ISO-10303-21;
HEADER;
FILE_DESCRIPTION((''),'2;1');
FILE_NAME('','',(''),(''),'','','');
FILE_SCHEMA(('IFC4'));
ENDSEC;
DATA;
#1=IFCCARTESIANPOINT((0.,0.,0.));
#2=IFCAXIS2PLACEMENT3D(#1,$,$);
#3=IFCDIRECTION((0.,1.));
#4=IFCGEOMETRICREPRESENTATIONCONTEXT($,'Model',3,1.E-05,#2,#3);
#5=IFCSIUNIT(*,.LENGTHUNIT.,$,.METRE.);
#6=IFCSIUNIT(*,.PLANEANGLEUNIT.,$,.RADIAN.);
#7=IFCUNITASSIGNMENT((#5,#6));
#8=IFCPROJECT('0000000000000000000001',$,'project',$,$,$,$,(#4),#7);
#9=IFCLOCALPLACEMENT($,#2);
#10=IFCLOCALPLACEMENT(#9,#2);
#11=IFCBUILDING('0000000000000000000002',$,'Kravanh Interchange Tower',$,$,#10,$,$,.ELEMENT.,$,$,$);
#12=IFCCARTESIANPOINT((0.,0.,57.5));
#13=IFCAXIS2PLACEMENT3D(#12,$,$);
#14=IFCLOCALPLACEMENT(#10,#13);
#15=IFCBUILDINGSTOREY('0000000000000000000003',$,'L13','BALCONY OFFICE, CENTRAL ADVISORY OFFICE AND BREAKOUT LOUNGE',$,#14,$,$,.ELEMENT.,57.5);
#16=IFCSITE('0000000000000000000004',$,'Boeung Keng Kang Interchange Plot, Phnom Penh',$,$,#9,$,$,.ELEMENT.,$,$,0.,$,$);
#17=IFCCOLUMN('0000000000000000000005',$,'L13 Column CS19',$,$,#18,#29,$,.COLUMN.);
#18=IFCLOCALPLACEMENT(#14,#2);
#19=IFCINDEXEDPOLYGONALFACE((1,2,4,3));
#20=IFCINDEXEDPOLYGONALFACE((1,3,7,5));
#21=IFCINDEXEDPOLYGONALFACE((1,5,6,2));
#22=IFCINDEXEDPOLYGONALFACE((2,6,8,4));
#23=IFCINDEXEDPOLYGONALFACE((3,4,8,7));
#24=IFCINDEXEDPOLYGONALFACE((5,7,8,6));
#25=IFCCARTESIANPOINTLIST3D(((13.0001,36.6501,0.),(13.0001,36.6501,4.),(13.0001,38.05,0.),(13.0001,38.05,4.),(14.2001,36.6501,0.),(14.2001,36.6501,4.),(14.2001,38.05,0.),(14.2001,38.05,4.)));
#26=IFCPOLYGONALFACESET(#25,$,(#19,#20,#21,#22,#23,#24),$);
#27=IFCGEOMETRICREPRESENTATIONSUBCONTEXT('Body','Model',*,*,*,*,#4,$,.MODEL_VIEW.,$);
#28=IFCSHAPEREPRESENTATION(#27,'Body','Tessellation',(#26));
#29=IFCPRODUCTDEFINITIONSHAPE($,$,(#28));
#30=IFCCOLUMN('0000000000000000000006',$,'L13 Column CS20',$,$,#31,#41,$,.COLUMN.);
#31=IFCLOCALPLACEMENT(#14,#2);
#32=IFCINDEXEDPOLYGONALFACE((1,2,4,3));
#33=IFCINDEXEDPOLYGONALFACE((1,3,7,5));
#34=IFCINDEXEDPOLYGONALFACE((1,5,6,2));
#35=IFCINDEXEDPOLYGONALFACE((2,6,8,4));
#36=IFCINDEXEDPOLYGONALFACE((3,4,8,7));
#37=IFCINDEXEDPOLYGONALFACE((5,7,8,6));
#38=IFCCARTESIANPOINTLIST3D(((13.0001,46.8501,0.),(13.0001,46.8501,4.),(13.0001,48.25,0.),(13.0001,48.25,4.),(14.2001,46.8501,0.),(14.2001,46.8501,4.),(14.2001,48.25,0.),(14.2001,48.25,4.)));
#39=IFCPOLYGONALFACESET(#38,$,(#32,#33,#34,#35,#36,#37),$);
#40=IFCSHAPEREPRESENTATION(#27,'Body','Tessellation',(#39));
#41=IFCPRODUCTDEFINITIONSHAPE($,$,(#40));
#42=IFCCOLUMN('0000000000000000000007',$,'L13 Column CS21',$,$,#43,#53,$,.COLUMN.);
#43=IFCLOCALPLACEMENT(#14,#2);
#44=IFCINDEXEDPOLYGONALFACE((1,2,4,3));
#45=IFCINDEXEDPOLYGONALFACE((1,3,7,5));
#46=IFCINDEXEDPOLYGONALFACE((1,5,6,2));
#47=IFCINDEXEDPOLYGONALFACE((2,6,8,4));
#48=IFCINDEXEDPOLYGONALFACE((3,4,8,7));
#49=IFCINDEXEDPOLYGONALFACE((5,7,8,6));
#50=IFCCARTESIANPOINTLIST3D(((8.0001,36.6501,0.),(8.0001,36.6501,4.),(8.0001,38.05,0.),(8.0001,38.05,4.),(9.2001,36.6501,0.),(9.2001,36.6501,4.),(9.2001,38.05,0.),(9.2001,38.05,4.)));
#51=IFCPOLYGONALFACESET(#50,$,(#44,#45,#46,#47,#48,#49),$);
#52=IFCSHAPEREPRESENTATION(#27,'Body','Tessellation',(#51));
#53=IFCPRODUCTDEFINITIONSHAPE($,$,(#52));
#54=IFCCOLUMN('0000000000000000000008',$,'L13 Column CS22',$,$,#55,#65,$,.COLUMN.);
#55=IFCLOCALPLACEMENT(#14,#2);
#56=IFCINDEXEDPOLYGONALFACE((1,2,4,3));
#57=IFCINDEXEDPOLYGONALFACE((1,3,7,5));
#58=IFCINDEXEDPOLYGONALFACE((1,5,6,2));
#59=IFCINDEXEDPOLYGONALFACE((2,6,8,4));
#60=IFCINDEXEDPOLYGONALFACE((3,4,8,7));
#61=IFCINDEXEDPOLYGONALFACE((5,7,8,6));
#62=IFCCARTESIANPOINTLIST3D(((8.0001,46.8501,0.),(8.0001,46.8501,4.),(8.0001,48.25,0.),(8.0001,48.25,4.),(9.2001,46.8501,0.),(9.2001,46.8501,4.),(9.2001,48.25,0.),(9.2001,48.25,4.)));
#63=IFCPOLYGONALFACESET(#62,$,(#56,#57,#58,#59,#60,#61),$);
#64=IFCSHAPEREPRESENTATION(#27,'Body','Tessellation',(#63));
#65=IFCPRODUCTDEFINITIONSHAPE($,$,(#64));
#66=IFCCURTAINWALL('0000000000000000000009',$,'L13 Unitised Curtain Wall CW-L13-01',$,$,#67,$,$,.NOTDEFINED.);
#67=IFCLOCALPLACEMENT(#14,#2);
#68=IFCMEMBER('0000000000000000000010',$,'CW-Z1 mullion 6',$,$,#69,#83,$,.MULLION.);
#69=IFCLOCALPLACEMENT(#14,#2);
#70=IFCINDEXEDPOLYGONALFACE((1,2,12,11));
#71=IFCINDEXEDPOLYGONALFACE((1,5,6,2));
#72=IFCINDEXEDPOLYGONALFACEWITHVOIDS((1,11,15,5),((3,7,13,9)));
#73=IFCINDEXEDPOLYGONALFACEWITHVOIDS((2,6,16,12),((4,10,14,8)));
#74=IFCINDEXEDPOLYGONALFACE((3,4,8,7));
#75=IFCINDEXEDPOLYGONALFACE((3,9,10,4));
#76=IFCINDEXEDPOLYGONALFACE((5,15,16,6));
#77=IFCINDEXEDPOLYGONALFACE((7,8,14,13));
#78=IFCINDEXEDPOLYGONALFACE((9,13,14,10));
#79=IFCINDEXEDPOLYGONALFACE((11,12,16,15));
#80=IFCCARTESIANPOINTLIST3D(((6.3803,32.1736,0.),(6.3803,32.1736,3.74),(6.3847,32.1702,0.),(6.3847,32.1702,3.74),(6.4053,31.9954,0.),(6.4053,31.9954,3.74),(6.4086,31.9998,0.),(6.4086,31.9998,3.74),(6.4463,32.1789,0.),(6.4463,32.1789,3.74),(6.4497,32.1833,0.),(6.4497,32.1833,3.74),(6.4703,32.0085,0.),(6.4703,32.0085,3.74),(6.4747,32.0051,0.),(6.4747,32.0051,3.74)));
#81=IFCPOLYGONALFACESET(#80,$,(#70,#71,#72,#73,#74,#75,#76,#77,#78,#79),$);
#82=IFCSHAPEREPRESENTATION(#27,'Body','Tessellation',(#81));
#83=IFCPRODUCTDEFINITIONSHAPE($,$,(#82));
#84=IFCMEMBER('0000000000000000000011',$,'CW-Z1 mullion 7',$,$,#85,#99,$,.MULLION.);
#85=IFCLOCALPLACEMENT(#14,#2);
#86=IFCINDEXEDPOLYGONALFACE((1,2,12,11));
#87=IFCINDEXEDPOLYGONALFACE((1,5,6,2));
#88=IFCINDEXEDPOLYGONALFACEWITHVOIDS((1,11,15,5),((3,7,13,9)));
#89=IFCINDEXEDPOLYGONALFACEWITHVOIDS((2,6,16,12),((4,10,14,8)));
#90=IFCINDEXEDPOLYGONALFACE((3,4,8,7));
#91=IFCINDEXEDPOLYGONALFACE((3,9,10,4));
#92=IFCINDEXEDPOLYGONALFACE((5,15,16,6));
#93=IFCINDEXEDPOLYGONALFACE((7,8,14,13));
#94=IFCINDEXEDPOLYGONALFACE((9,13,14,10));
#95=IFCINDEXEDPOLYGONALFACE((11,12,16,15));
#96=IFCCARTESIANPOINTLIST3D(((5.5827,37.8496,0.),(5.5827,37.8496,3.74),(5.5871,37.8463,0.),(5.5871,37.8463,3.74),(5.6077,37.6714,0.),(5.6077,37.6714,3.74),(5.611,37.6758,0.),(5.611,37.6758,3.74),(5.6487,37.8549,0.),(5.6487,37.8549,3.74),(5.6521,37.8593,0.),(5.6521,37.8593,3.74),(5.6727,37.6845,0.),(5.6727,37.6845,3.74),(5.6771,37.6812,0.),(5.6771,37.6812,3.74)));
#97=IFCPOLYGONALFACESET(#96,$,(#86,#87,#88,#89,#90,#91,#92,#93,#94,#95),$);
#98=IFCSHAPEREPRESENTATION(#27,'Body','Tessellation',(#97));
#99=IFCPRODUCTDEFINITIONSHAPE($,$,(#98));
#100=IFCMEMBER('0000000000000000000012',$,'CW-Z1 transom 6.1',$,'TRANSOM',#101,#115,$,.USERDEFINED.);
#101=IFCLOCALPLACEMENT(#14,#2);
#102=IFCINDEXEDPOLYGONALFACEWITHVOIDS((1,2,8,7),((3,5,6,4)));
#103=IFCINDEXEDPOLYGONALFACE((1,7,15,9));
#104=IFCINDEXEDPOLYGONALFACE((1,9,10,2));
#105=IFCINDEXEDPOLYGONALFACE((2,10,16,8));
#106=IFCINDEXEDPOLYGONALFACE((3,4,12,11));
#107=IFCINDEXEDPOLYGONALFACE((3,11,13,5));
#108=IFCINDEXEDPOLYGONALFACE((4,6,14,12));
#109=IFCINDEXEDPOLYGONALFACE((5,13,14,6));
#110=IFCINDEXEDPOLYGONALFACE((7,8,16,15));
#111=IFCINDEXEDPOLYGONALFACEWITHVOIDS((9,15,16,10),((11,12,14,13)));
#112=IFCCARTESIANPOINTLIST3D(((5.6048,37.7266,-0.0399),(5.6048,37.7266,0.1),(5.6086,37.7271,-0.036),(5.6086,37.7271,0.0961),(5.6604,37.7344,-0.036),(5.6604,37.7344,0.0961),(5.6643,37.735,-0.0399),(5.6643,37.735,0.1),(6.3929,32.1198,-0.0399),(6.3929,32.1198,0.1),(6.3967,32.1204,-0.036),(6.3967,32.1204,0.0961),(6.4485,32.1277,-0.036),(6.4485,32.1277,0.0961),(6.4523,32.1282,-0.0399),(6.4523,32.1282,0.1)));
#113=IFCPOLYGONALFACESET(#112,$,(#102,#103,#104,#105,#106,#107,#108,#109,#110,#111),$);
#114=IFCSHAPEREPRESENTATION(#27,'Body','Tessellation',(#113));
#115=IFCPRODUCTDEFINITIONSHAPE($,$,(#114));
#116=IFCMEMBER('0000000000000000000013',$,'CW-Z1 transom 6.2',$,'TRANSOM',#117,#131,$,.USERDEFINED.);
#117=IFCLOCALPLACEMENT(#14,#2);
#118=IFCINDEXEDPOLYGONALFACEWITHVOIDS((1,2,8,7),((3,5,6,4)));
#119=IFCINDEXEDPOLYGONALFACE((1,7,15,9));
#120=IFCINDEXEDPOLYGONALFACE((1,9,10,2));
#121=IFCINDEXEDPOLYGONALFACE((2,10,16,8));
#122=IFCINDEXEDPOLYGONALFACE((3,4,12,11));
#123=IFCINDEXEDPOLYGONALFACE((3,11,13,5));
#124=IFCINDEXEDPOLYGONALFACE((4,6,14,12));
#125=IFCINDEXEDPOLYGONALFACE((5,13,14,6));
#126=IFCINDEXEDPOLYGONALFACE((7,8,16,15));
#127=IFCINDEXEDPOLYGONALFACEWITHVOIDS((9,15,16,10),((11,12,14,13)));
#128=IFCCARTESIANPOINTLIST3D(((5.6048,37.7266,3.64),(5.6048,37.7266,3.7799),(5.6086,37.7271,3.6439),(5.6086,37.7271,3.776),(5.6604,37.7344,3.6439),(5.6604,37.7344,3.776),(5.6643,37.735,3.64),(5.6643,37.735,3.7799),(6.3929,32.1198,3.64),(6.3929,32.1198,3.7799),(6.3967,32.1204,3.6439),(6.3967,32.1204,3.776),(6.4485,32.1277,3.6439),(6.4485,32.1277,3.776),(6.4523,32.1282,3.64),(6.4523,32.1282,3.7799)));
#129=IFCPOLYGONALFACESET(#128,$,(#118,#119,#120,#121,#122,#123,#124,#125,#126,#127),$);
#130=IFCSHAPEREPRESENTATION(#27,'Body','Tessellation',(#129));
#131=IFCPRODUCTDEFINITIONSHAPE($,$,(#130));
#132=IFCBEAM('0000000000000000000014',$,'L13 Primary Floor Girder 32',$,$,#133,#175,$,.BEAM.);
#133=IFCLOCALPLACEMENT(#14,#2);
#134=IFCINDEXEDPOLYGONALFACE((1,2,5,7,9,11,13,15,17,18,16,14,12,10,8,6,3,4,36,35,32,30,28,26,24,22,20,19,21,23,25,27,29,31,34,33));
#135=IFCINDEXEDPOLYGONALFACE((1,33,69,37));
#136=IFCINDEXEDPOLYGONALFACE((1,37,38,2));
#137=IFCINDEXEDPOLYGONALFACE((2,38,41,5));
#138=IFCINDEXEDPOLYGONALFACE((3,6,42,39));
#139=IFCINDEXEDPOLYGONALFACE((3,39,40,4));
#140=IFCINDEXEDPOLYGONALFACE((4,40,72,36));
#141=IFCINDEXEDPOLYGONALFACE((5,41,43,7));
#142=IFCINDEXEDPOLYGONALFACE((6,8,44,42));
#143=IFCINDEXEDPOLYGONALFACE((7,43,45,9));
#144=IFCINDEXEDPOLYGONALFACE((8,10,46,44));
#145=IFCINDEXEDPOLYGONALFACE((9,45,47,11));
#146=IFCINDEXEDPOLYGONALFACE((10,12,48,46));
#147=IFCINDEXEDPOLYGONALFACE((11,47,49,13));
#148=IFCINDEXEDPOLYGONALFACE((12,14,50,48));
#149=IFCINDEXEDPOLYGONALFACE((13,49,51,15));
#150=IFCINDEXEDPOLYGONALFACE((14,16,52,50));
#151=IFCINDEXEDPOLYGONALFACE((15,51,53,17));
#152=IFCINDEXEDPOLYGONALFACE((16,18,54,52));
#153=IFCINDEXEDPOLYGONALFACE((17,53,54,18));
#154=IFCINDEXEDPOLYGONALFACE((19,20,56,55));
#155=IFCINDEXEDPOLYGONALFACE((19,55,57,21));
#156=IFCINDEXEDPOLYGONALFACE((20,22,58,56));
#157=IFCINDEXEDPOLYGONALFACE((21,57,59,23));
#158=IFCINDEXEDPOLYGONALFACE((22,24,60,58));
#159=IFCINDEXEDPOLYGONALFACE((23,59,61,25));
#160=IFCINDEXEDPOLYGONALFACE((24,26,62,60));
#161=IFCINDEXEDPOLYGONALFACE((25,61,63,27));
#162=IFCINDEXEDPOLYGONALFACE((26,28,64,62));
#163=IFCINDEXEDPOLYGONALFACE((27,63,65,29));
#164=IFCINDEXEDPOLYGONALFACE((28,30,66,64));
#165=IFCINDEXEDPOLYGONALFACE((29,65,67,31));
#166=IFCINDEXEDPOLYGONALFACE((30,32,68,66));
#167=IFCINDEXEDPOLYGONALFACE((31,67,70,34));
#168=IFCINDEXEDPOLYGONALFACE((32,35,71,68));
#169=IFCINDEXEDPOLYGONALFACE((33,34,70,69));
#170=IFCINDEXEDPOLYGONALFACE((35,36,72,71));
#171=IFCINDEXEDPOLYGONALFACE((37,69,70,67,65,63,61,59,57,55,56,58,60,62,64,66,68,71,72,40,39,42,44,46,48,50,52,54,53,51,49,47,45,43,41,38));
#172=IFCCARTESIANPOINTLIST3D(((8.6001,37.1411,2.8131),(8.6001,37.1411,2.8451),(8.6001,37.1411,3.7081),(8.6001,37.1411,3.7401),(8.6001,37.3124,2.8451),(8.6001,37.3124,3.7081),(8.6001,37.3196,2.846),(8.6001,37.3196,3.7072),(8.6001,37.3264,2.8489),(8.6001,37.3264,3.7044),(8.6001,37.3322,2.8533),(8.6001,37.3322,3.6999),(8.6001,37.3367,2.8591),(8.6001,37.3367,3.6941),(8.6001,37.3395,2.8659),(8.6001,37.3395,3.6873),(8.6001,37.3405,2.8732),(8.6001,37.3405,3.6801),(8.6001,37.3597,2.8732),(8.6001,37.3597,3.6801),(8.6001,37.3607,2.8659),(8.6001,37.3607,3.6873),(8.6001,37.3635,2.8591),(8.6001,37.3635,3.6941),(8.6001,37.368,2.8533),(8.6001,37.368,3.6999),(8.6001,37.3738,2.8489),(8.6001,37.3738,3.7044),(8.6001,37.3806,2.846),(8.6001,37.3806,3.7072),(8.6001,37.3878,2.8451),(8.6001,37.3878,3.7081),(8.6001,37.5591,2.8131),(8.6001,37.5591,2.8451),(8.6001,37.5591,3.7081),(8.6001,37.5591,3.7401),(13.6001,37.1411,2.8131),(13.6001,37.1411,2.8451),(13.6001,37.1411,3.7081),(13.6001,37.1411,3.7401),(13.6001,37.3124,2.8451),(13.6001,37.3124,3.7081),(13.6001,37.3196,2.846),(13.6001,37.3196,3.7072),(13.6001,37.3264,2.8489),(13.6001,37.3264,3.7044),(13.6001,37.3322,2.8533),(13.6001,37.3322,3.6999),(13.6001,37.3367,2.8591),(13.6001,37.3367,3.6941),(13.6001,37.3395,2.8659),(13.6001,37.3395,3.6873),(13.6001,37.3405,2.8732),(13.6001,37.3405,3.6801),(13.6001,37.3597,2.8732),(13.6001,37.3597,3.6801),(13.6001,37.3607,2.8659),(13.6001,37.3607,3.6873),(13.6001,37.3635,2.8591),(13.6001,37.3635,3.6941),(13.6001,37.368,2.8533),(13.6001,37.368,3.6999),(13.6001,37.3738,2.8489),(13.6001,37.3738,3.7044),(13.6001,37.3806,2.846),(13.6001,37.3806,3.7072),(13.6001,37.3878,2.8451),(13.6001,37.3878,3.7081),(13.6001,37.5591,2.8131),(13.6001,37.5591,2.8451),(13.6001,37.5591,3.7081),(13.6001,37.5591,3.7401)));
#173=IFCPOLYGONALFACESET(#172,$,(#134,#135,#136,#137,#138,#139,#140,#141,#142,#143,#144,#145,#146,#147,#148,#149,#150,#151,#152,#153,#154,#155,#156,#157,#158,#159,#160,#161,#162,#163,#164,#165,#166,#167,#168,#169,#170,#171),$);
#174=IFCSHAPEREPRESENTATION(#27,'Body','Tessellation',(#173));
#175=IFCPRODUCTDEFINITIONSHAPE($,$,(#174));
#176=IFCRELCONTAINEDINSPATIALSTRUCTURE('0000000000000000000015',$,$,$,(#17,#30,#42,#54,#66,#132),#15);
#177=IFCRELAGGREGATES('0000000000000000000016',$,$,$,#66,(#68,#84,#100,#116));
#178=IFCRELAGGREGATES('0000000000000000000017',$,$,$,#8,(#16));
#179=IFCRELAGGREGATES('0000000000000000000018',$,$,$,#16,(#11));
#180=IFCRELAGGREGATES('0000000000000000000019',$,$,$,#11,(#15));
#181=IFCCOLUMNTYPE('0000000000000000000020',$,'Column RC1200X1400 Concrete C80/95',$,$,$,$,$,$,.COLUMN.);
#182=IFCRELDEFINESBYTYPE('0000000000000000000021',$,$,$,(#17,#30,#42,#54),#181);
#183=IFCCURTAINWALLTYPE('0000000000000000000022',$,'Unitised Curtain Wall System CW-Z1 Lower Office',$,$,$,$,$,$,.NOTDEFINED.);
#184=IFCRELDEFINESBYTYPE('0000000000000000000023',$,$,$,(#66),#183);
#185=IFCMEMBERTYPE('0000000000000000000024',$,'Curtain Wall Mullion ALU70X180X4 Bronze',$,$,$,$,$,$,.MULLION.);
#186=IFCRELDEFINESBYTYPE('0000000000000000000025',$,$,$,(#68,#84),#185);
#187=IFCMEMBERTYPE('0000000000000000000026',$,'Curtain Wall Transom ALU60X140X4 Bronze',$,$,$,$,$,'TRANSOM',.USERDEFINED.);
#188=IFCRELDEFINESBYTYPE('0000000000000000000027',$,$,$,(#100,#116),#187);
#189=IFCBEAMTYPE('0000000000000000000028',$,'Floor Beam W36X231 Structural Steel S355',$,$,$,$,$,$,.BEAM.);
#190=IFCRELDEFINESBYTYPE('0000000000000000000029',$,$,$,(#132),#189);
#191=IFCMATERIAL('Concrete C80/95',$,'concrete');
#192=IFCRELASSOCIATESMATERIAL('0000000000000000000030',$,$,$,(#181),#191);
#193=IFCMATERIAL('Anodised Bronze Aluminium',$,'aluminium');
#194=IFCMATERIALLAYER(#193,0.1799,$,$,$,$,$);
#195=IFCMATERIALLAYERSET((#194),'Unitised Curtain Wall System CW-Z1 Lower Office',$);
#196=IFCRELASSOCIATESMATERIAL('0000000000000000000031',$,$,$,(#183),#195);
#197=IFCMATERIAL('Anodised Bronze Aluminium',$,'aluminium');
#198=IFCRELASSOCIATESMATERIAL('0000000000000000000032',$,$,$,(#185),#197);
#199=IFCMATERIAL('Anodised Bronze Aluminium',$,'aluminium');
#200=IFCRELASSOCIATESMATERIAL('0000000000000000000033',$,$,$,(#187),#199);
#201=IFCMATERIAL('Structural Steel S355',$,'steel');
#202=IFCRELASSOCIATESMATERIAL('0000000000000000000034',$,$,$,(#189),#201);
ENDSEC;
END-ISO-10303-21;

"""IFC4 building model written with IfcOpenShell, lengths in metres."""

from ifc_helpers import new_model, si_unit, direction, frame, origin, origin_2d, place, context, subcontext, project, spatial, rectangle, hollow_rectangle, i_section, extrude, material, layer, layer_set, material_profile, profile_set, type_object, element, aggregate, save


model = new_model("IFC4")

# Units and contexts
model_context = context("Model", 3, precision=1e-05, world=origin(), true_north=direction((0.0, 1.0)))
body_context = subcontext(model_context, "Body", "Model", "MODEL_VIEW")
ifc_project = project(units=[si_unit("LENGTHUNIT", "METRE"), si_unit("PLANEANGLEUNIT", "RADIAN")], contexts=[model_context])

# Site, building, storey
site_placement = place(None, origin())
site = spatial("IfcSite", under=ifc_project, at=site_placement, Name="Boeung Keng Kang Interchange Plot, Phnom Penh", CompositionType="ELEMENT", RefElevation=0.0)
building_placement = place(site_placement, origin())
building = spatial("IfcBuilding", under=site, at=building_placement, Name="Kravanh Interchange Tower", CompositionType="ELEMENT")
storey_placement = place(building_placement, frame((0.0, 0.0, 57.5)))
storey = spatial("IfcBuildingStorey", under=building, at=storey_placement, Name="L13", Description="BALCONY OFFICE, CENTRAL ADVISORY OFFICE AND BREAKOUT LOUNGE", CompositionType="ELEMENT", Elevation=57.5)

# Columns
ifc_material_1 = material(Name="Concrete C80/95", Category="concrete")
ifc_material_profile_1 = material_profile(ifc_material_1, rectangle(XDim=1.2, YDim=1.3999, at=origin_2d()), Name="RC1200X1400")
ifc_profile_set_1 = profile_set([ifc_material_profile_1], Name="Concrete C80/95")
column_type = type_object("IfcColumnType", Name="Column RC1200X1400 Concrete C80/95", PredefinedType="COLUMN", material=ifc_profile_set_1)
for number, where, z_axis, x_axis, name in (
    (1, (13.6001, 37.3501, 0.0), (0.0, 0.0, 1.0), (1.0, 0.0, 0.0), "L13 Column CS19"),
    (2, (13.6001, 47.55, 0.0), (0.0, 0.0, 1.0), (1.0, 0.0, 0.0), "L13 Column CS20"),
    (3, (8.6001, 37.3501, 0.0), (0.0, 0.0, 1.0), (1.0, 0.0, 0.0), "L13 Column CS21"),
    (4, (8.6001, 47.55, 0.0), (0.0, 0.0, 1.0), (1.0, 0.0, 0.0), "L13 Column CS22"),
):
    element("IfcColumn", number, at=place(storey_placement, frame(where, z_axis=z_axis, x_axis=x_axis)), inside=storey, type_object=column_type, Name=name, PredefinedType="COLUMN", context=body_context, shape_type="SweptSolid", body=[
        extrude(rectangle(XDim=1.2, YDim=1.3999, at=origin_2d()), origin(), (0.0, 0.0, 1.0), 4.0),
    ])

# Curtain wall, members
ifc_material_2 = material(Name="Anodised Bronze Aluminium", Category="aluminium")
ifc_layer_1 = layer(ifc_material_2, 0.1799)
ifc_layer_set_1 = layer_set([ifc_layer_1], Name="Unitised Curtain Wall System CW-Z1 Lower Office")
curtain_wall_type = type_object("IfcCurtainWallType", Name="Unitised Curtain Wall System CW-Z1 Lower Office", PredefinedType="NOTDEFINED", material=ifc_layer_set_1)
curtain_wall_placement = place(storey_placement, origin())
curtain_wall = element("IfcCurtainWall", 5, at=curtain_wall_placement, inside=storey, type_object=curtain_wall_type, Name="L13 Unitised Curtain Wall CW-L13-01", PredefinedType="NOTDEFINED")
ifc_material_3 = material(Name="Anodised Bronze Aluminium", Category="aluminium")
ifc_material_profile_2 = material_profile(ifc_material_3, hollow_rectangle(XDim=0.0701, YDim=0.1799, WallThickness=0.0039, at=origin_2d()), Name="ALU70X180X4")
ifc_profile_set_2 = profile_set([ifc_material_profile_2], Name="Anodised Bronze Aluminium")
member_type_1 = type_object("IfcMemberType", Name="Curtain Wall Mullion ALU70X180X4 Bronze", PredefinedType="MULLION", material=ifc_profile_set_2)
member_1_placement = place(storey_placement, frame((6.4275, 32.0894, 0.0), z_axis=(0.0, 0.0, 1.0), x_axis=(-0.990268, -0.139177, 0.0)))
member_1 = element("IfcMember", 6, at=member_1_placement, type_object=member_type_1, Name="CW-Z1 mullion 6", PredefinedType="MULLION", context=body_context, shape_type="SweptSolid", body=[
    extrude(hollow_rectangle(XDim=0.0701, YDim=0.1799, WallThickness=0.0039, at=origin_2d()), origin(), (0.0, 0.0, 1.0), 3.74),
])
member_2_placement = place(storey_placement, frame((5.6299, 37.7654, 0.0), z_axis=(0.0, 0.0, 1.0), x_axis=(-0.990268, -0.139177, 0.0)))
member_2 = element("IfcMember", 7, at=member_2_placement, type_object=member_type_1, Name="CW-Z1 mullion 7", PredefinedType="MULLION", context=body_context, shape_type="SweptSolid", body=[
    extrude(hollow_rectangle(XDim=0.0701, YDim=0.1799, WallThickness=0.0039, at=origin_2d()), origin(), (0.0, 0.0, 1.0), 3.74),
])
ifc_material_4 = material(Name="Anodised Bronze Aluminium", Category="aluminium")
ifc_material_profile_3 = material_profile(ifc_material_4, hollow_rectangle(XDim=0.0601, YDim=0.1399, WallThickness=0.0039, at=origin_2d()), Name="ALU60X140X4")
ifc_profile_set_3 = profile_set([ifc_material_profile_3], Name="Anodised Bronze Aluminium")
member_type_2 = type_object("IfcMemberType", Name="Curtain Wall Transom ALU60X140X4 Bronze", ElementType="TRANSOM", PredefinedType="USERDEFINED", material=ifc_profile_set_3)
member_3_placement = place(storey_placement, frame((6.4226, 32.124, 0.03), z_axis=(-0.139193, 0.990265, 0.0), x_axis=(-0.990265, -0.139193, 0.0)))
member_3 = element("IfcMember", 8, at=member_3_placement, type_object=member_type_2, Name="CW-Z1 transom 6.1", ObjectType="TRANSOM", PredefinedType="USERDEFINED", context=body_context, shape_type="SweptSolid", body=[
    extrude(hollow_rectangle(XDim=0.0601, YDim=0.1399, WallThickness=0.0039, at=origin_2d()), origin(), (0.0, 0.0, 1.0), 5.6619),
])
member_4_placement = place(storey_placement, frame((6.4226, 32.124, 3.71), z_axis=(-0.139193, 0.990265, 0.0), x_axis=(-0.990265, -0.139193, 0.0)))
member_4 = element("IfcMember", 9, at=member_4_placement, type_object=member_type_2, Name="CW-Z1 transom 6.2", ObjectType="TRANSOM", PredefinedType="USERDEFINED", context=body_context, shape_type="SweptSolid", body=[
    extrude(hollow_rectangle(XDim=0.0601, YDim=0.1399, WallThickness=0.0039, at=origin_2d()), origin(), (0.0, 0.0, 1.0), 5.6619),
])

# Beam
ifc_material_5 = material(Name="Structural Steel S355", Category="steel")
ifc_material_profile_4 = material_profile(ifc_material_5, i_section(OverallWidth=0.418, OverallDepth=0.927, WebThickness=0.0193, FlangeThickness=0.032, FilletRadius=0.0281, at=origin_2d()), Name="W36X231")
ifc_profile_set_4 = profile_set([ifc_material_profile_4], Name="Structural Steel S355")
beam_type = type_object("IfcBeamType", Name="Floor Beam W36X231 Structural Steel S355", PredefinedType="BEAM", material=ifc_profile_set_4)
beam_1_placement = place(storey_placement, frame((13.6001, 37.3501, 3.2766), z_axis=(-1.0, 0.0, 0.0), x_axis=(0.0, -1.0, 0.0)))
element("IfcBeam", 10, at=beam_1_placement, inside=storey, type_object=beam_type, Name="L13 Primary Floor Girder 32", PredefinedType="BEAM", context=body_context, shape_type="SweptSolid", body=[
    extrude(i_section(OverallWidth=0.418, OverallDepth=0.927, WebThickness=0.0193, FlangeThickness=0.032, FilletRadius=0.0281, at=origin_2d()), origin(), (0.0, 0.0, 1.0), 5.0),
])

aggregate(curtain_wall, [member_1, member_2, member_3, member_4])

save(model, "model.ifc")
